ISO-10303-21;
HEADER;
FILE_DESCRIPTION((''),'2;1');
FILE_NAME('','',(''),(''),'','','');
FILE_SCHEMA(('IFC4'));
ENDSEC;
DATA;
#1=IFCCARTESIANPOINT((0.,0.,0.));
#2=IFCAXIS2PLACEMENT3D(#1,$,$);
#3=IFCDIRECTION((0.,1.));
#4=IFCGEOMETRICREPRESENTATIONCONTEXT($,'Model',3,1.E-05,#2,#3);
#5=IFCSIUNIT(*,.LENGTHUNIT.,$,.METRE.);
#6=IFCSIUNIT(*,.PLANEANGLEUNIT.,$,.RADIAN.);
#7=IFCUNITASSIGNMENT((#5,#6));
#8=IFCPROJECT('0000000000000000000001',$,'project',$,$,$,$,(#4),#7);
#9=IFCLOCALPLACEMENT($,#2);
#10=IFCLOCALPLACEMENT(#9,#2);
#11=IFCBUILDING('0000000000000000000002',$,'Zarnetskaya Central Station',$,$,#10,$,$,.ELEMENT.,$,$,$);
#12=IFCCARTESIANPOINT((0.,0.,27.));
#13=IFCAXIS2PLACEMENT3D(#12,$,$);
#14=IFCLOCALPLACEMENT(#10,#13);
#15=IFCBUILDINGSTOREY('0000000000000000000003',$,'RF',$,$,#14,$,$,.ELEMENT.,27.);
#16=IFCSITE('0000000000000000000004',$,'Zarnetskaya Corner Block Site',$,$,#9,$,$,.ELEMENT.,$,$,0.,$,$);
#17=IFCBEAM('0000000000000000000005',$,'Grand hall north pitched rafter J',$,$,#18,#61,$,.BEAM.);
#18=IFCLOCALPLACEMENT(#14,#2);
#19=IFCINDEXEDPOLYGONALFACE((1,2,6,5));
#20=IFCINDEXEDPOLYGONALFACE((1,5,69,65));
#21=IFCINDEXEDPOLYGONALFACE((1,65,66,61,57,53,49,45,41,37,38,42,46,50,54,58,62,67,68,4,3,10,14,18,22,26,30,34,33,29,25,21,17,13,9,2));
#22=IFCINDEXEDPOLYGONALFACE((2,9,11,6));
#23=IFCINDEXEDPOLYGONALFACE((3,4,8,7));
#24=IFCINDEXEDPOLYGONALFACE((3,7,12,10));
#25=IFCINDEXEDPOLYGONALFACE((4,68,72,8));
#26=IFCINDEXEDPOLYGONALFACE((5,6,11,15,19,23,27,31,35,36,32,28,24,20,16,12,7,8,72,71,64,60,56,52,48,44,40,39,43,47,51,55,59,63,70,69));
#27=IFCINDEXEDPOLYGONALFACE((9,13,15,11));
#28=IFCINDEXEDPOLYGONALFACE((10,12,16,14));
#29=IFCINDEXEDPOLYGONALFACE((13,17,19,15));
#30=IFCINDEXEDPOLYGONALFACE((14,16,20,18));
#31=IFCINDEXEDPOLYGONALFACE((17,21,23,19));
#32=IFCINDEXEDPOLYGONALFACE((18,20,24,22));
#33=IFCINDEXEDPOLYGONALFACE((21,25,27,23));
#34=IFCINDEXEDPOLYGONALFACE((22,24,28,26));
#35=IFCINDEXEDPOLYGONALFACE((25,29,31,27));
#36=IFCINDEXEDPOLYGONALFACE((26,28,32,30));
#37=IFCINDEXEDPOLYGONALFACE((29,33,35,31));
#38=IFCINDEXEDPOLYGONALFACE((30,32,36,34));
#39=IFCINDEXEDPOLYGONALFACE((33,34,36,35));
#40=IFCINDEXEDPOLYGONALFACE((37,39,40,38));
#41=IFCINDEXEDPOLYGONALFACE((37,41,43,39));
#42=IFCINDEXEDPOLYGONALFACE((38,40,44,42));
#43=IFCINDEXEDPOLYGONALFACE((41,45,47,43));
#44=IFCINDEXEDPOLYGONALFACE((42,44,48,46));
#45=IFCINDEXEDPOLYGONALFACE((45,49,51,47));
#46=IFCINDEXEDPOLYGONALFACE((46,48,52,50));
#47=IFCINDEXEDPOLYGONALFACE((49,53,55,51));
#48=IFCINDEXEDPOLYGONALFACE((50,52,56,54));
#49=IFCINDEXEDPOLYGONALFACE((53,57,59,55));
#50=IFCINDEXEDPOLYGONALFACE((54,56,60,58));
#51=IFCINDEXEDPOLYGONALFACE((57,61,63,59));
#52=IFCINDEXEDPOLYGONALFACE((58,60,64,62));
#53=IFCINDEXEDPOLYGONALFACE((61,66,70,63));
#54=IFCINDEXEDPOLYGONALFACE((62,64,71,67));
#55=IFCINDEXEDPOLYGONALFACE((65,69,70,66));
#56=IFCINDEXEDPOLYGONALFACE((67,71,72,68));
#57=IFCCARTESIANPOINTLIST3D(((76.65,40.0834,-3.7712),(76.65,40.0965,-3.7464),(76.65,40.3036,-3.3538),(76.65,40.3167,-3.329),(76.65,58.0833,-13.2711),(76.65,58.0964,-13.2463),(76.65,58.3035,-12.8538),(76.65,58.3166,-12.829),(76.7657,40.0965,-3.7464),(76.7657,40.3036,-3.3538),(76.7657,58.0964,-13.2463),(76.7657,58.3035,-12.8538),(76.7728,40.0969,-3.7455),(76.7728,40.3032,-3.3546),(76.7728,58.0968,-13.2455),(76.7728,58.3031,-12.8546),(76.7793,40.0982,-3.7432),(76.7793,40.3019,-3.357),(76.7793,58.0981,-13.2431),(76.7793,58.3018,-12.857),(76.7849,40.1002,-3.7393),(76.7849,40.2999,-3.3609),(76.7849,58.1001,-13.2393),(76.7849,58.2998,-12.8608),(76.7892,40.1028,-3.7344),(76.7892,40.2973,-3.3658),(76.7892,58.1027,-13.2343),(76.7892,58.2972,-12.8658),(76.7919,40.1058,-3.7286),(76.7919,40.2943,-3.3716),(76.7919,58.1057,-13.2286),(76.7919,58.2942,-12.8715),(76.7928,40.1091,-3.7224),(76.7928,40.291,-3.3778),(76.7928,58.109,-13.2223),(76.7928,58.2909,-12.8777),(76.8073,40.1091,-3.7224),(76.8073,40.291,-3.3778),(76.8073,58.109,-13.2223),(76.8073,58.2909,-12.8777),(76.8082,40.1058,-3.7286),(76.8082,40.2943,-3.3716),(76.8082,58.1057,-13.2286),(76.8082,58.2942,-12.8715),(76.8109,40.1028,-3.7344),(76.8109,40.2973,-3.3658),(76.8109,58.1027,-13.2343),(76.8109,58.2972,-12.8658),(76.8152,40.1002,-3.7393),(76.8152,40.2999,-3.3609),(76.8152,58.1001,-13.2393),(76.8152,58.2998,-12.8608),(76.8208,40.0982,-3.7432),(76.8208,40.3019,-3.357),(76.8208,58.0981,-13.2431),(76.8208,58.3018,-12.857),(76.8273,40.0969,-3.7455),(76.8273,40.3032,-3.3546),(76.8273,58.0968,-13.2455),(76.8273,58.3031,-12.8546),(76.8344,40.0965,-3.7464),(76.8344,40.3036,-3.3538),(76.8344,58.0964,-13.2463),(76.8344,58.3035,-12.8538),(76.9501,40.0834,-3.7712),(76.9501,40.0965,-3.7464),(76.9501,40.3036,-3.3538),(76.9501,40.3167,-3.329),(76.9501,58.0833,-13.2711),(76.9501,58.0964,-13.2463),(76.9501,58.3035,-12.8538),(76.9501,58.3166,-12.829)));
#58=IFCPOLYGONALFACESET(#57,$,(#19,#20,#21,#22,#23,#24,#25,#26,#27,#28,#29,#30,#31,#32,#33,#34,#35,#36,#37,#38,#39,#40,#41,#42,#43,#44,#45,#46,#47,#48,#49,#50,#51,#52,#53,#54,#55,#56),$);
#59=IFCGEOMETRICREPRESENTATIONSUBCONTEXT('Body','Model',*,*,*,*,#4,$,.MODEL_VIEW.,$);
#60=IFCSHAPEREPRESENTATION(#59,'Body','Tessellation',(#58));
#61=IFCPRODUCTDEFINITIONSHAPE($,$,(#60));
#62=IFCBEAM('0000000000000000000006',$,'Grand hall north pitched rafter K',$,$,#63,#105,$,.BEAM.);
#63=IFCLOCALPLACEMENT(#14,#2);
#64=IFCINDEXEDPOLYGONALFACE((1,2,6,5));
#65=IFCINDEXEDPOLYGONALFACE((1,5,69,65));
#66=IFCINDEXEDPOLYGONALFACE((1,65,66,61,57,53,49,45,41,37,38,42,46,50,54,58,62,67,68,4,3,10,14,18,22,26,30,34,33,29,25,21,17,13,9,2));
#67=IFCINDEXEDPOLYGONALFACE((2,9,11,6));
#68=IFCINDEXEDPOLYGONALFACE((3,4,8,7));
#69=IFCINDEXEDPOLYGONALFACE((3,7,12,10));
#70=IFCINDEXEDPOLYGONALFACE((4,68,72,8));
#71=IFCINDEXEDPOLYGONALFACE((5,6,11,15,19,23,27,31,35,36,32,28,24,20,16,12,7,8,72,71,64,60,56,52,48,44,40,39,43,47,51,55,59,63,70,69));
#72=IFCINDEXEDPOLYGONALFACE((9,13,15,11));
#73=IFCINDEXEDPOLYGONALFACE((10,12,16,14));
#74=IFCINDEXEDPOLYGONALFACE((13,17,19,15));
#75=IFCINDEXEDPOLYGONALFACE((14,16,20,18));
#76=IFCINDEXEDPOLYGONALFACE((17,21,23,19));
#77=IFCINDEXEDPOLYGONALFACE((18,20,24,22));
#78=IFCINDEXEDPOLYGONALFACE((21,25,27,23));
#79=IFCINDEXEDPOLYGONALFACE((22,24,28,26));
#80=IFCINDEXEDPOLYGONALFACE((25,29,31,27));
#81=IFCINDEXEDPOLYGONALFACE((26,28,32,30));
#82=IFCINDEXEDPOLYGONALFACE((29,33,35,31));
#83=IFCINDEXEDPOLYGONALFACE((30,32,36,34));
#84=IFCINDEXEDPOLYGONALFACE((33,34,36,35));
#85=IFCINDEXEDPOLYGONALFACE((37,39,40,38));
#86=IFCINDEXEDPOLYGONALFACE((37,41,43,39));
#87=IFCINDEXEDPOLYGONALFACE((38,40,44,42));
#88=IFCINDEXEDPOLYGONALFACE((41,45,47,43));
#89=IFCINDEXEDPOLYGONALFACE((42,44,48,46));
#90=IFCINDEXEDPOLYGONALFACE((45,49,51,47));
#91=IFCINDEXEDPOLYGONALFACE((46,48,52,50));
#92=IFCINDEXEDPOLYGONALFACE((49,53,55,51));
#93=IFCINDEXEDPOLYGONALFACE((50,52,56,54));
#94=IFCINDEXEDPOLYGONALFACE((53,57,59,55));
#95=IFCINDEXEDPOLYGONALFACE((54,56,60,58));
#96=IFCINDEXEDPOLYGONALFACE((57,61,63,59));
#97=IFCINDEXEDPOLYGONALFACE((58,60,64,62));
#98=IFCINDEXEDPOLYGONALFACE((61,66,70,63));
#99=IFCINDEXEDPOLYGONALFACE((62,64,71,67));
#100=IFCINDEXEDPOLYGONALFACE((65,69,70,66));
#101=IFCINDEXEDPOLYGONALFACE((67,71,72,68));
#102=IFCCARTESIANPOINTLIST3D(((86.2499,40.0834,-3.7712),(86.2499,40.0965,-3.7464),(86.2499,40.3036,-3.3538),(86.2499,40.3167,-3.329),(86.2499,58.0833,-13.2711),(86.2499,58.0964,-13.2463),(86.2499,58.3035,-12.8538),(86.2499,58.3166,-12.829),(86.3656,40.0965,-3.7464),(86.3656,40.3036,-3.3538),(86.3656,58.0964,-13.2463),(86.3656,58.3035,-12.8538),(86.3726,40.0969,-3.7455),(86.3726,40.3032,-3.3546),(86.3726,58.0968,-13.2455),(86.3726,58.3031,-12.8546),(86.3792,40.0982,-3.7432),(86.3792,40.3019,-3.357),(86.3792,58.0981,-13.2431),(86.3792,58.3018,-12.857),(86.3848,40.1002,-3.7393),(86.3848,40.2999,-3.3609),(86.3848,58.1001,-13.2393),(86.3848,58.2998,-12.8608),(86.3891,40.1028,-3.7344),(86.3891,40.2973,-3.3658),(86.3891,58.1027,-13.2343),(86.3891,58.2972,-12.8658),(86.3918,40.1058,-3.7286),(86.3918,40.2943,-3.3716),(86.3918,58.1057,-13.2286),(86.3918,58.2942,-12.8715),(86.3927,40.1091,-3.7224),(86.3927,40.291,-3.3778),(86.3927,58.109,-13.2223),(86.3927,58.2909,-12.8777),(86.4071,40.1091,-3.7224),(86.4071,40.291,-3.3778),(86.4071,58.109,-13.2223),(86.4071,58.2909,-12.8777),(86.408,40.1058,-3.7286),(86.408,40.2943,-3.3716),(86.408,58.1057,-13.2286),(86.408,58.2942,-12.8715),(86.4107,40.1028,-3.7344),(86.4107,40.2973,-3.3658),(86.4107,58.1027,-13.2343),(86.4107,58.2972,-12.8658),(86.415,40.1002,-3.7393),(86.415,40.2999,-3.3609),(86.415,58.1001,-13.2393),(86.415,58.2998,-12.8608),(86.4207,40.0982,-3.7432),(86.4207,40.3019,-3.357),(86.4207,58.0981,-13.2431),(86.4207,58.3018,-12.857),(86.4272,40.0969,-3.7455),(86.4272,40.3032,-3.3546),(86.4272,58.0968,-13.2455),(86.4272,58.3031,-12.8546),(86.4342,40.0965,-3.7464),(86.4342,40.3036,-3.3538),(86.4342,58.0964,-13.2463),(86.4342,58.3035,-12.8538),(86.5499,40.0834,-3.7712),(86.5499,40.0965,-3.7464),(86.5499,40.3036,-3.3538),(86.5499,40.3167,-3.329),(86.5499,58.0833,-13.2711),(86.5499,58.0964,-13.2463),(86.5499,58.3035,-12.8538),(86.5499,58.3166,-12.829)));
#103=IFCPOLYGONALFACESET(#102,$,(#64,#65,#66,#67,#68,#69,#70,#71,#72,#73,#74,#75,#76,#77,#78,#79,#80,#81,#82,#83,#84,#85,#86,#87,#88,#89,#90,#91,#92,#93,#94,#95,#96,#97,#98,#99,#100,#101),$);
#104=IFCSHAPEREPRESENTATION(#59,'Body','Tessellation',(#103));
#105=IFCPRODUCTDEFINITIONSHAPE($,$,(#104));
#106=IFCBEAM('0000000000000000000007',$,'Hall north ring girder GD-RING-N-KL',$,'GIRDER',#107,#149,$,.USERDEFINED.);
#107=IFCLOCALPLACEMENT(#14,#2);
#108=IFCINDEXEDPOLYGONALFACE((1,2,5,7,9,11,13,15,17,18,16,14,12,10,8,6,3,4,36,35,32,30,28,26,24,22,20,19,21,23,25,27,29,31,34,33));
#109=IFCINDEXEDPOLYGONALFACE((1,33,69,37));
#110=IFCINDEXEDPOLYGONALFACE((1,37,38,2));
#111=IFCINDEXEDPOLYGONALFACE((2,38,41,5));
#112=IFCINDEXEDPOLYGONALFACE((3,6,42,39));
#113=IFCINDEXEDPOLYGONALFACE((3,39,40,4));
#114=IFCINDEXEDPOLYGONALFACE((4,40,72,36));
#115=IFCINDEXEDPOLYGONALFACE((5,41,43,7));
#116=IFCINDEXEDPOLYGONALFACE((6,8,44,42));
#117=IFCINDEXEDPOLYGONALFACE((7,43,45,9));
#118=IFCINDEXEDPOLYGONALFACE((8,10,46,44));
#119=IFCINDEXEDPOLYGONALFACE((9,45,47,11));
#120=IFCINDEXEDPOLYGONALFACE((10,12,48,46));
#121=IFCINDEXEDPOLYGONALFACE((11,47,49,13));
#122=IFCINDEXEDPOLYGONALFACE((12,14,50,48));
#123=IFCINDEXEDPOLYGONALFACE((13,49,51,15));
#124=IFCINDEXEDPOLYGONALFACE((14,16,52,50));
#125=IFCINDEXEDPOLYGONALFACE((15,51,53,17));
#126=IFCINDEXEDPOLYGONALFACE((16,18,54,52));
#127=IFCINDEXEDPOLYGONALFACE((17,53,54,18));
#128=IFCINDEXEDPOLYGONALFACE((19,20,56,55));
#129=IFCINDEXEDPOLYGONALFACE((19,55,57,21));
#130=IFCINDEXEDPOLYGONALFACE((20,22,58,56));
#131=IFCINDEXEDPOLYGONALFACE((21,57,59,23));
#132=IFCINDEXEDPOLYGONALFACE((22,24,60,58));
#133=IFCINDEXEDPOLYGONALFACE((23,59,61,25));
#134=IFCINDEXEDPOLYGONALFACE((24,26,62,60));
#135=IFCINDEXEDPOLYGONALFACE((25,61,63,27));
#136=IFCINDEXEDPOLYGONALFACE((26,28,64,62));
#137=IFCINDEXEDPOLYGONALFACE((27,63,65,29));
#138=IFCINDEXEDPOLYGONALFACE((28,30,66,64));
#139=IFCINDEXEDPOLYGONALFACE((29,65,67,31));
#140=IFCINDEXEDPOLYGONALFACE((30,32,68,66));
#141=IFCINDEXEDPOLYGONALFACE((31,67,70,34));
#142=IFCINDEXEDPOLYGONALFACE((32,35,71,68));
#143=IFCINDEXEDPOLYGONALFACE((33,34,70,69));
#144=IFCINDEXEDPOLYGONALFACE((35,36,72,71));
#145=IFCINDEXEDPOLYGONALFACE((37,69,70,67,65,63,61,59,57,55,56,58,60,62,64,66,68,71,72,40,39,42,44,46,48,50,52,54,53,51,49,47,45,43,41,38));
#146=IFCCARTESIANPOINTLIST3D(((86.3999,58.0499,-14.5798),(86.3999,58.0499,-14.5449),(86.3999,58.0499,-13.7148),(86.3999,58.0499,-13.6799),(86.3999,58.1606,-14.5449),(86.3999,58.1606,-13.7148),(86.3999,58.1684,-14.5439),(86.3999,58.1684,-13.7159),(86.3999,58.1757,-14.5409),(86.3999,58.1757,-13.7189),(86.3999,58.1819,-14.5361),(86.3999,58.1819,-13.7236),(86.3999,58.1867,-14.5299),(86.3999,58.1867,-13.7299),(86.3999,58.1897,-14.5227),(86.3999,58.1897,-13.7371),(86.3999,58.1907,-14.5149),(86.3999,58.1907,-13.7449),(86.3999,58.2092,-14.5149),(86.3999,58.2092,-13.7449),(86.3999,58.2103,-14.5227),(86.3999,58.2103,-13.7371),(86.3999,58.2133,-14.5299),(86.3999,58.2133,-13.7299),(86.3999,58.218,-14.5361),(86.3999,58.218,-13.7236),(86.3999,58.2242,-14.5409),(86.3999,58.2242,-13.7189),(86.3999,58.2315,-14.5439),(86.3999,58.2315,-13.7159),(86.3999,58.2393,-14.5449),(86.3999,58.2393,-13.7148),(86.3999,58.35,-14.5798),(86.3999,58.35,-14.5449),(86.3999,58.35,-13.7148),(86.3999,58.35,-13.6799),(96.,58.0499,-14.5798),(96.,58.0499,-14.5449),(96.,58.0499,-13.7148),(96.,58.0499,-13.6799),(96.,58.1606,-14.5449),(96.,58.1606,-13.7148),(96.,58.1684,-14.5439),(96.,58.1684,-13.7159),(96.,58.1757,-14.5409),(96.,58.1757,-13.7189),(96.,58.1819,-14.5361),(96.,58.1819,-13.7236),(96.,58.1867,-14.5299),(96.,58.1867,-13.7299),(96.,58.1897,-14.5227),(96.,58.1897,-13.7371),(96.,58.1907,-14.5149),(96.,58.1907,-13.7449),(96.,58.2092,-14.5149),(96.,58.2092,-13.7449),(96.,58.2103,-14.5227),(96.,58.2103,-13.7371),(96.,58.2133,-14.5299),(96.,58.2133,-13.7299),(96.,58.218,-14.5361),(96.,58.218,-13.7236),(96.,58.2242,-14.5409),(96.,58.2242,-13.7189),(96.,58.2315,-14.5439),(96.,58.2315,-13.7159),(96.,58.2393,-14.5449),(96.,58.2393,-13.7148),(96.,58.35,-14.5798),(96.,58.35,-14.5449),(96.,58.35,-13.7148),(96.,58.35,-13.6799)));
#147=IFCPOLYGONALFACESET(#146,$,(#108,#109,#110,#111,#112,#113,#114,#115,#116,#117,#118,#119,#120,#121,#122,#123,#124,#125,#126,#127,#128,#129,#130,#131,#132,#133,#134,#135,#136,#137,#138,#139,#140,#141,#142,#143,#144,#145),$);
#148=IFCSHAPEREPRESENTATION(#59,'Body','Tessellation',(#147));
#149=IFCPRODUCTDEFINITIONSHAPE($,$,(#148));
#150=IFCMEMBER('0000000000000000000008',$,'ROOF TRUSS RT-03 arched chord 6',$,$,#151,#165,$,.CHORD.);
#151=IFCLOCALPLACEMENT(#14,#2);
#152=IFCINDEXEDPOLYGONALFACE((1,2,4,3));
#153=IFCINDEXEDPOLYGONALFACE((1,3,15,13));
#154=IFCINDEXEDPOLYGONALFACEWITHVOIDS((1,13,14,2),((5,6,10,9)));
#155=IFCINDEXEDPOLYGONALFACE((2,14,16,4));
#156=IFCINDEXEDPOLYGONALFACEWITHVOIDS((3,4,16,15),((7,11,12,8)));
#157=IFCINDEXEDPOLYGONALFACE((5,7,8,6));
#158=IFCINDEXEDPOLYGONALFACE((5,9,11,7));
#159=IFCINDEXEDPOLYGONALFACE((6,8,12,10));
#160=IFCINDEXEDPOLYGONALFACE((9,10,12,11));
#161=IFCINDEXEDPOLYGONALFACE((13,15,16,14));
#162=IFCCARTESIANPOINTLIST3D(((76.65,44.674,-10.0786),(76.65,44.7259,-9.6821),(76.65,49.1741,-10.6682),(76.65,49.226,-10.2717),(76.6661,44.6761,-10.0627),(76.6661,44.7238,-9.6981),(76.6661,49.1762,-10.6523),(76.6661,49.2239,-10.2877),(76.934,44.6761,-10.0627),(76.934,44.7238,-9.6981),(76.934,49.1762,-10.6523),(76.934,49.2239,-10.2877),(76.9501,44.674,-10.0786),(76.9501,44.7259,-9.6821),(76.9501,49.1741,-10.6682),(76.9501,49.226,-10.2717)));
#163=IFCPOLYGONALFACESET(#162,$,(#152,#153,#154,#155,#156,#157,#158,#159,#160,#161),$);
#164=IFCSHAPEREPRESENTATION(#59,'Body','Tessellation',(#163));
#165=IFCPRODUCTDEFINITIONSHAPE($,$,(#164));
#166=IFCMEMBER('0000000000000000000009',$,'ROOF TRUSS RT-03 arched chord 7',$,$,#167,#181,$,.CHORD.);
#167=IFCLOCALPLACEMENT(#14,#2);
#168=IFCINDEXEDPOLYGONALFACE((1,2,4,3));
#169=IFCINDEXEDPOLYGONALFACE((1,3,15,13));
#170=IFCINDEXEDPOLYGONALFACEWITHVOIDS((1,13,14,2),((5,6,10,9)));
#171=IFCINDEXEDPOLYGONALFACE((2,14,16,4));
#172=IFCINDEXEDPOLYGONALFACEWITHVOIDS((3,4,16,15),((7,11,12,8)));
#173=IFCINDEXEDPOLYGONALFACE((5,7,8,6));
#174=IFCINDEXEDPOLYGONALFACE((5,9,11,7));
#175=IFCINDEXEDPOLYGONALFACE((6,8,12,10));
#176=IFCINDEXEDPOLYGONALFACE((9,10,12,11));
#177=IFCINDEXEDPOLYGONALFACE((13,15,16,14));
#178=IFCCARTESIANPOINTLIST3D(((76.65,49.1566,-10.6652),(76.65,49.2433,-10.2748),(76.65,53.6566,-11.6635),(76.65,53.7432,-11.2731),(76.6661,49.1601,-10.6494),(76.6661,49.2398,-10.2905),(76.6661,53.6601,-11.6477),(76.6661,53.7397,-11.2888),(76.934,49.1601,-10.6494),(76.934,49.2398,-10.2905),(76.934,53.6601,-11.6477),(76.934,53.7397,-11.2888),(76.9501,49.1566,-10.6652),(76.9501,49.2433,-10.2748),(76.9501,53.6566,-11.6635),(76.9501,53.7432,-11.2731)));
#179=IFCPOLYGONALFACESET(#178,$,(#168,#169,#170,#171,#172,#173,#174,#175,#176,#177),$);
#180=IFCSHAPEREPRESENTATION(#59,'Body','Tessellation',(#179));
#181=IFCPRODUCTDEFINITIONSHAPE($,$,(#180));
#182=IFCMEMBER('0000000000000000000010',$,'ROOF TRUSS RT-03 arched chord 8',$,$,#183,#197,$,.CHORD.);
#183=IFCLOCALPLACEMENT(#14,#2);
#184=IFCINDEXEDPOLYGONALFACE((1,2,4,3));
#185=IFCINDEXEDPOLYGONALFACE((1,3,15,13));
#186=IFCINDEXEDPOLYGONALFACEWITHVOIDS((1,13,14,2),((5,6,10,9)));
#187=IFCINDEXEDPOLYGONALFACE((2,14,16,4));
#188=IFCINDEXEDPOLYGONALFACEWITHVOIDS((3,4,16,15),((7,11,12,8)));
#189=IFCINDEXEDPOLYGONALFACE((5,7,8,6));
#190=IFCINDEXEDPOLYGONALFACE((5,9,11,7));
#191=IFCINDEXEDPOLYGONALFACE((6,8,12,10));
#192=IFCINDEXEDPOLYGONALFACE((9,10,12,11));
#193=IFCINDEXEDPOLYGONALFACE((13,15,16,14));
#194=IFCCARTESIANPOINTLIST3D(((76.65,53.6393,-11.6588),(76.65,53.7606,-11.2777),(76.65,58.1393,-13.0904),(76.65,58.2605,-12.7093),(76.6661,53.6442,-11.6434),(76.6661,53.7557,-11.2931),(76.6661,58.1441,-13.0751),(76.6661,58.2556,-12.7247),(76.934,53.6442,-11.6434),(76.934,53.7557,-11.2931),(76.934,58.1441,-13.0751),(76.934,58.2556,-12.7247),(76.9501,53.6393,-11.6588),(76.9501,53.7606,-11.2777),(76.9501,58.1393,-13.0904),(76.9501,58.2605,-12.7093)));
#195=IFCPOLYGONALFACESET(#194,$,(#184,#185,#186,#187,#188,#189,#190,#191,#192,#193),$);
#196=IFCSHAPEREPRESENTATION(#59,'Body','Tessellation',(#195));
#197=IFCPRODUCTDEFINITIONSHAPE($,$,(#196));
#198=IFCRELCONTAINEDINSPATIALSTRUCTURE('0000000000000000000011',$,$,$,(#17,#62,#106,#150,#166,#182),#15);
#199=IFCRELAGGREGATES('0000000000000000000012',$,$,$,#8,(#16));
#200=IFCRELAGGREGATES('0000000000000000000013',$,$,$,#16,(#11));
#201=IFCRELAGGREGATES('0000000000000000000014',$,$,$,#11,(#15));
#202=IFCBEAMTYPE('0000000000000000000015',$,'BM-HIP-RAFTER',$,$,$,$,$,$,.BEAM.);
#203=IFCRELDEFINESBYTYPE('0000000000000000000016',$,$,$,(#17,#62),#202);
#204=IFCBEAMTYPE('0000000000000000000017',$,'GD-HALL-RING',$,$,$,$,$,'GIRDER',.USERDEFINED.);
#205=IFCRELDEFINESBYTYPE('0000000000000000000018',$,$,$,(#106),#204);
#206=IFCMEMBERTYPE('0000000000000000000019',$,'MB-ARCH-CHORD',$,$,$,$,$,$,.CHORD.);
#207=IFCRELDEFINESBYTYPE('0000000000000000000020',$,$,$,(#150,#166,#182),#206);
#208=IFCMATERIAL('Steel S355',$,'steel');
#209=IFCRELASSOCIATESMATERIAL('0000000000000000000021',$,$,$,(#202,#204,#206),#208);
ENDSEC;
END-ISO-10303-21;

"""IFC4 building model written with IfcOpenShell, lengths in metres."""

from ifc_helpers import new_model, si_unit, direction, frame, origin, origin_2d, place, context, subcontext, project, spatial, hollow_rectangle, i_section, extrude, material, material_profile, profile_set, type_object, element, save


model = new_model("IFC4")

# Units and contexts
model_context = context("Model", 3, precision=1e-05, world=origin(), true_north=direction((0.0, 1.0)))
body_context = subcontext(model_context, "Body", "Model", "MODEL_VIEW")
ifc_project = project(units=[si_unit("LENGTHUNIT", "METRE"), si_unit("PLANEANGLEUNIT", "RADIAN")], contexts=[model_context])

# Site, building, storey
site_placement = place(None, origin())
site = spatial("IfcSite", under=ifc_project, at=site_placement, Name="Zarnetskaya Corner Block Site", CompositionType="ELEMENT", RefElevation=0.0)
building_placement = place(site_placement, origin())
building = spatial("IfcBuilding", under=site, at=building_placement, Name="Zarnetskaya Central Station", CompositionType="ELEMENT")
storey_placement = place(building_placement, frame((0.0, 0.0, 27.0)))
storey = spatial("IfcBuildingStorey", under=building, at=storey_placement, Name="RF", CompositionType="ELEMENT", Elevation=27.0)

# Beams
ifc_material_1 = material(Name="Steel S355", Category="steel")
ifc_material_profile_1 = material_profile(ifc_material_1, i_section(OverallWidth=0.3, OverallDepth=0.5, WebThickness=0.0144, FlangeThickness=0.0281, FilletRadius=0.0271, at=origin_2d()), Name="HEB 500")
ifc_profile_set_1 = profile_set([ifc_material_profile_1], Name="Steel S355")
beam_type_1 = type_object("IfcBeamType", Name="BM-HIP-RAFTER", PredefinedType="BEAM", material=ifc_profile_set_1)
for number, where, z_axis, x_axis, name in (
    (1, (76.8, 58.2, -13.05), (0.0, -0.884385, 0.466759), (1.0, 0.0, 0.0), "Grand hall north pitched rafter J"),
    (2, (86.3999, 58.2, -13.05), (0.0, -0.884385, 0.466759), (1.0, 0.0, 0.0), "Grand hall north pitched rafter K"),
):
    element("IfcBeam", number, at=place(storey_placement, frame(where, z_axis=z_axis, x_axis=x_axis)), inside=storey, type_object=beam_type_1, Name=name, PredefinedType="BEAM", context=body_context, shape_type="SweptSolid", body=[
        extrude(i_section(OverallWidth=0.3, OverallDepth=0.5, WebThickness=0.0144, FlangeThickness=0.0281, FilletRadius=0.0271, at=origin_2d()), origin(), (0.0, 0.0, 1.0), 20.353),
    ])
ifc_material_profile_2 = material_profile(ifc_material_1, i_section(OverallWidth=0.3, OverallDepth=0.8999, WebThickness=0.0186, FlangeThickness=0.0349, FilletRadius=0.03, at=origin_2d()), Name="HEB 900")
ifc_profile_set_2 = profile_set([ifc_material_profile_2], Name="Steel S355")
beam_type_2 = type_object("IfcBeamType", Name="GD-HALL-RING", ElementType="GIRDER", PredefinedType="USERDEFINED", material=ifc_profile_set_2)
beam_placement = place(storey_placement, frame((86.3999, 58.2, -14.1299), z_axis=(1.0, 0.0, 0.0), x_axis=(0.0, 1.0, 0.0)))
element("IfcBeam", 3, at=beam_placement, inside=storey, type_object=beam_type_2, Name="Hall north ring girder GD-RING-N-KL", ObjectType="GIRDER", PredefinedType="USERDEFINED", context=body_context, shape_type="SweptSolid", body=[
    extrude(i_section(OverallWidth=0.3, OverallDepth=0.8999, WebThickness=0.0186, FlangeThickness=0.0349, FilletRadius=0.03, at=origin_2d()), origin(), (0.0, 0.0, 1.0), 9.6001),
])

# Members
ifc_material_profile_3 = material_profile(ifc_material_1, hollow_rectangle(XDim=0.3, YDim=0.3999, WallThickness=0.0161, at=origin_2d()), Name="RHS 400x300x16")
ifc_profile_set_3 = profile_set([ifc_material_profile_3], Name="Steel S355")
member_type_1 = type_object("IfcMemberType", Name="MB-ARCH-CHORD", PredefinedType="CHORD", material=ifc_profile_set_3)
member_1_placement = place(storey_placement, frame((76.8, 44.7, -9.8804), z_axis=(0.0, 0.991526, -0.129912), x_axis=(-1.0, 0.0, 0.0)))
element("IfcMember", 4, at=member_1_placement, inside=storey, type_object=member_type_1, Name="ROOF TRUSS RT-03 arched chord 6", PredefinedType="CHORD", context=body_context, shape_type="SweptSolid", body=[
    extrude(hollow_rectangle(XDim=0.3, YDim=0.3999, WallThickness=0.0161, at=origin_2d()), origin(), (0.0, 0.0, 1.0), 4.5386),
])
member_2_placement = place(storey_placement, frame((76.8, 49.2, -10.47), z_axis=(0.0, 0.976266, -0.216577), x_axis=(-1.0, 0.0, 0.0)))
element("IfcMember", 5, at=member_2_placement, inside=storey, type_object=member_type_1, Name="ROOF TRUSS RT-03 arched chord 7", PredefinedType="CHORD", context=body_context, shape_type="SweptSolid", body=[
    extrude(hollow_rectangle(XDim=0.3, YDim=0.3999, WallThickness=0.0161, at=origin_2d()), origin(), (0.0, 0.0, 1.0), 4.6094),
])
member_3_placement = place(storey_placement, frame((76.8, 53.7, -11.4683), z_axis=(0.0, 0.952937, -0.30317), x_axis=(-1.0, 0.0, 0.0)))
element("IfcMember", 6, at=member_3_placement, inside=storey, type_object=member_type_1, Name="ROOF TRUSS RT-03 arched chord 8", PredefinedType="CHORD", context=body_context, shape_type="SweptSolid", body=[
    extrude(hollow_rectangle(XDim=0.3, YDim=0.3999, WallThickness=0.0161, at=origin_2d()), origin(), (0.0, 0.0, 1.0), 4.7222),
])

save(model, "model.ifc")
